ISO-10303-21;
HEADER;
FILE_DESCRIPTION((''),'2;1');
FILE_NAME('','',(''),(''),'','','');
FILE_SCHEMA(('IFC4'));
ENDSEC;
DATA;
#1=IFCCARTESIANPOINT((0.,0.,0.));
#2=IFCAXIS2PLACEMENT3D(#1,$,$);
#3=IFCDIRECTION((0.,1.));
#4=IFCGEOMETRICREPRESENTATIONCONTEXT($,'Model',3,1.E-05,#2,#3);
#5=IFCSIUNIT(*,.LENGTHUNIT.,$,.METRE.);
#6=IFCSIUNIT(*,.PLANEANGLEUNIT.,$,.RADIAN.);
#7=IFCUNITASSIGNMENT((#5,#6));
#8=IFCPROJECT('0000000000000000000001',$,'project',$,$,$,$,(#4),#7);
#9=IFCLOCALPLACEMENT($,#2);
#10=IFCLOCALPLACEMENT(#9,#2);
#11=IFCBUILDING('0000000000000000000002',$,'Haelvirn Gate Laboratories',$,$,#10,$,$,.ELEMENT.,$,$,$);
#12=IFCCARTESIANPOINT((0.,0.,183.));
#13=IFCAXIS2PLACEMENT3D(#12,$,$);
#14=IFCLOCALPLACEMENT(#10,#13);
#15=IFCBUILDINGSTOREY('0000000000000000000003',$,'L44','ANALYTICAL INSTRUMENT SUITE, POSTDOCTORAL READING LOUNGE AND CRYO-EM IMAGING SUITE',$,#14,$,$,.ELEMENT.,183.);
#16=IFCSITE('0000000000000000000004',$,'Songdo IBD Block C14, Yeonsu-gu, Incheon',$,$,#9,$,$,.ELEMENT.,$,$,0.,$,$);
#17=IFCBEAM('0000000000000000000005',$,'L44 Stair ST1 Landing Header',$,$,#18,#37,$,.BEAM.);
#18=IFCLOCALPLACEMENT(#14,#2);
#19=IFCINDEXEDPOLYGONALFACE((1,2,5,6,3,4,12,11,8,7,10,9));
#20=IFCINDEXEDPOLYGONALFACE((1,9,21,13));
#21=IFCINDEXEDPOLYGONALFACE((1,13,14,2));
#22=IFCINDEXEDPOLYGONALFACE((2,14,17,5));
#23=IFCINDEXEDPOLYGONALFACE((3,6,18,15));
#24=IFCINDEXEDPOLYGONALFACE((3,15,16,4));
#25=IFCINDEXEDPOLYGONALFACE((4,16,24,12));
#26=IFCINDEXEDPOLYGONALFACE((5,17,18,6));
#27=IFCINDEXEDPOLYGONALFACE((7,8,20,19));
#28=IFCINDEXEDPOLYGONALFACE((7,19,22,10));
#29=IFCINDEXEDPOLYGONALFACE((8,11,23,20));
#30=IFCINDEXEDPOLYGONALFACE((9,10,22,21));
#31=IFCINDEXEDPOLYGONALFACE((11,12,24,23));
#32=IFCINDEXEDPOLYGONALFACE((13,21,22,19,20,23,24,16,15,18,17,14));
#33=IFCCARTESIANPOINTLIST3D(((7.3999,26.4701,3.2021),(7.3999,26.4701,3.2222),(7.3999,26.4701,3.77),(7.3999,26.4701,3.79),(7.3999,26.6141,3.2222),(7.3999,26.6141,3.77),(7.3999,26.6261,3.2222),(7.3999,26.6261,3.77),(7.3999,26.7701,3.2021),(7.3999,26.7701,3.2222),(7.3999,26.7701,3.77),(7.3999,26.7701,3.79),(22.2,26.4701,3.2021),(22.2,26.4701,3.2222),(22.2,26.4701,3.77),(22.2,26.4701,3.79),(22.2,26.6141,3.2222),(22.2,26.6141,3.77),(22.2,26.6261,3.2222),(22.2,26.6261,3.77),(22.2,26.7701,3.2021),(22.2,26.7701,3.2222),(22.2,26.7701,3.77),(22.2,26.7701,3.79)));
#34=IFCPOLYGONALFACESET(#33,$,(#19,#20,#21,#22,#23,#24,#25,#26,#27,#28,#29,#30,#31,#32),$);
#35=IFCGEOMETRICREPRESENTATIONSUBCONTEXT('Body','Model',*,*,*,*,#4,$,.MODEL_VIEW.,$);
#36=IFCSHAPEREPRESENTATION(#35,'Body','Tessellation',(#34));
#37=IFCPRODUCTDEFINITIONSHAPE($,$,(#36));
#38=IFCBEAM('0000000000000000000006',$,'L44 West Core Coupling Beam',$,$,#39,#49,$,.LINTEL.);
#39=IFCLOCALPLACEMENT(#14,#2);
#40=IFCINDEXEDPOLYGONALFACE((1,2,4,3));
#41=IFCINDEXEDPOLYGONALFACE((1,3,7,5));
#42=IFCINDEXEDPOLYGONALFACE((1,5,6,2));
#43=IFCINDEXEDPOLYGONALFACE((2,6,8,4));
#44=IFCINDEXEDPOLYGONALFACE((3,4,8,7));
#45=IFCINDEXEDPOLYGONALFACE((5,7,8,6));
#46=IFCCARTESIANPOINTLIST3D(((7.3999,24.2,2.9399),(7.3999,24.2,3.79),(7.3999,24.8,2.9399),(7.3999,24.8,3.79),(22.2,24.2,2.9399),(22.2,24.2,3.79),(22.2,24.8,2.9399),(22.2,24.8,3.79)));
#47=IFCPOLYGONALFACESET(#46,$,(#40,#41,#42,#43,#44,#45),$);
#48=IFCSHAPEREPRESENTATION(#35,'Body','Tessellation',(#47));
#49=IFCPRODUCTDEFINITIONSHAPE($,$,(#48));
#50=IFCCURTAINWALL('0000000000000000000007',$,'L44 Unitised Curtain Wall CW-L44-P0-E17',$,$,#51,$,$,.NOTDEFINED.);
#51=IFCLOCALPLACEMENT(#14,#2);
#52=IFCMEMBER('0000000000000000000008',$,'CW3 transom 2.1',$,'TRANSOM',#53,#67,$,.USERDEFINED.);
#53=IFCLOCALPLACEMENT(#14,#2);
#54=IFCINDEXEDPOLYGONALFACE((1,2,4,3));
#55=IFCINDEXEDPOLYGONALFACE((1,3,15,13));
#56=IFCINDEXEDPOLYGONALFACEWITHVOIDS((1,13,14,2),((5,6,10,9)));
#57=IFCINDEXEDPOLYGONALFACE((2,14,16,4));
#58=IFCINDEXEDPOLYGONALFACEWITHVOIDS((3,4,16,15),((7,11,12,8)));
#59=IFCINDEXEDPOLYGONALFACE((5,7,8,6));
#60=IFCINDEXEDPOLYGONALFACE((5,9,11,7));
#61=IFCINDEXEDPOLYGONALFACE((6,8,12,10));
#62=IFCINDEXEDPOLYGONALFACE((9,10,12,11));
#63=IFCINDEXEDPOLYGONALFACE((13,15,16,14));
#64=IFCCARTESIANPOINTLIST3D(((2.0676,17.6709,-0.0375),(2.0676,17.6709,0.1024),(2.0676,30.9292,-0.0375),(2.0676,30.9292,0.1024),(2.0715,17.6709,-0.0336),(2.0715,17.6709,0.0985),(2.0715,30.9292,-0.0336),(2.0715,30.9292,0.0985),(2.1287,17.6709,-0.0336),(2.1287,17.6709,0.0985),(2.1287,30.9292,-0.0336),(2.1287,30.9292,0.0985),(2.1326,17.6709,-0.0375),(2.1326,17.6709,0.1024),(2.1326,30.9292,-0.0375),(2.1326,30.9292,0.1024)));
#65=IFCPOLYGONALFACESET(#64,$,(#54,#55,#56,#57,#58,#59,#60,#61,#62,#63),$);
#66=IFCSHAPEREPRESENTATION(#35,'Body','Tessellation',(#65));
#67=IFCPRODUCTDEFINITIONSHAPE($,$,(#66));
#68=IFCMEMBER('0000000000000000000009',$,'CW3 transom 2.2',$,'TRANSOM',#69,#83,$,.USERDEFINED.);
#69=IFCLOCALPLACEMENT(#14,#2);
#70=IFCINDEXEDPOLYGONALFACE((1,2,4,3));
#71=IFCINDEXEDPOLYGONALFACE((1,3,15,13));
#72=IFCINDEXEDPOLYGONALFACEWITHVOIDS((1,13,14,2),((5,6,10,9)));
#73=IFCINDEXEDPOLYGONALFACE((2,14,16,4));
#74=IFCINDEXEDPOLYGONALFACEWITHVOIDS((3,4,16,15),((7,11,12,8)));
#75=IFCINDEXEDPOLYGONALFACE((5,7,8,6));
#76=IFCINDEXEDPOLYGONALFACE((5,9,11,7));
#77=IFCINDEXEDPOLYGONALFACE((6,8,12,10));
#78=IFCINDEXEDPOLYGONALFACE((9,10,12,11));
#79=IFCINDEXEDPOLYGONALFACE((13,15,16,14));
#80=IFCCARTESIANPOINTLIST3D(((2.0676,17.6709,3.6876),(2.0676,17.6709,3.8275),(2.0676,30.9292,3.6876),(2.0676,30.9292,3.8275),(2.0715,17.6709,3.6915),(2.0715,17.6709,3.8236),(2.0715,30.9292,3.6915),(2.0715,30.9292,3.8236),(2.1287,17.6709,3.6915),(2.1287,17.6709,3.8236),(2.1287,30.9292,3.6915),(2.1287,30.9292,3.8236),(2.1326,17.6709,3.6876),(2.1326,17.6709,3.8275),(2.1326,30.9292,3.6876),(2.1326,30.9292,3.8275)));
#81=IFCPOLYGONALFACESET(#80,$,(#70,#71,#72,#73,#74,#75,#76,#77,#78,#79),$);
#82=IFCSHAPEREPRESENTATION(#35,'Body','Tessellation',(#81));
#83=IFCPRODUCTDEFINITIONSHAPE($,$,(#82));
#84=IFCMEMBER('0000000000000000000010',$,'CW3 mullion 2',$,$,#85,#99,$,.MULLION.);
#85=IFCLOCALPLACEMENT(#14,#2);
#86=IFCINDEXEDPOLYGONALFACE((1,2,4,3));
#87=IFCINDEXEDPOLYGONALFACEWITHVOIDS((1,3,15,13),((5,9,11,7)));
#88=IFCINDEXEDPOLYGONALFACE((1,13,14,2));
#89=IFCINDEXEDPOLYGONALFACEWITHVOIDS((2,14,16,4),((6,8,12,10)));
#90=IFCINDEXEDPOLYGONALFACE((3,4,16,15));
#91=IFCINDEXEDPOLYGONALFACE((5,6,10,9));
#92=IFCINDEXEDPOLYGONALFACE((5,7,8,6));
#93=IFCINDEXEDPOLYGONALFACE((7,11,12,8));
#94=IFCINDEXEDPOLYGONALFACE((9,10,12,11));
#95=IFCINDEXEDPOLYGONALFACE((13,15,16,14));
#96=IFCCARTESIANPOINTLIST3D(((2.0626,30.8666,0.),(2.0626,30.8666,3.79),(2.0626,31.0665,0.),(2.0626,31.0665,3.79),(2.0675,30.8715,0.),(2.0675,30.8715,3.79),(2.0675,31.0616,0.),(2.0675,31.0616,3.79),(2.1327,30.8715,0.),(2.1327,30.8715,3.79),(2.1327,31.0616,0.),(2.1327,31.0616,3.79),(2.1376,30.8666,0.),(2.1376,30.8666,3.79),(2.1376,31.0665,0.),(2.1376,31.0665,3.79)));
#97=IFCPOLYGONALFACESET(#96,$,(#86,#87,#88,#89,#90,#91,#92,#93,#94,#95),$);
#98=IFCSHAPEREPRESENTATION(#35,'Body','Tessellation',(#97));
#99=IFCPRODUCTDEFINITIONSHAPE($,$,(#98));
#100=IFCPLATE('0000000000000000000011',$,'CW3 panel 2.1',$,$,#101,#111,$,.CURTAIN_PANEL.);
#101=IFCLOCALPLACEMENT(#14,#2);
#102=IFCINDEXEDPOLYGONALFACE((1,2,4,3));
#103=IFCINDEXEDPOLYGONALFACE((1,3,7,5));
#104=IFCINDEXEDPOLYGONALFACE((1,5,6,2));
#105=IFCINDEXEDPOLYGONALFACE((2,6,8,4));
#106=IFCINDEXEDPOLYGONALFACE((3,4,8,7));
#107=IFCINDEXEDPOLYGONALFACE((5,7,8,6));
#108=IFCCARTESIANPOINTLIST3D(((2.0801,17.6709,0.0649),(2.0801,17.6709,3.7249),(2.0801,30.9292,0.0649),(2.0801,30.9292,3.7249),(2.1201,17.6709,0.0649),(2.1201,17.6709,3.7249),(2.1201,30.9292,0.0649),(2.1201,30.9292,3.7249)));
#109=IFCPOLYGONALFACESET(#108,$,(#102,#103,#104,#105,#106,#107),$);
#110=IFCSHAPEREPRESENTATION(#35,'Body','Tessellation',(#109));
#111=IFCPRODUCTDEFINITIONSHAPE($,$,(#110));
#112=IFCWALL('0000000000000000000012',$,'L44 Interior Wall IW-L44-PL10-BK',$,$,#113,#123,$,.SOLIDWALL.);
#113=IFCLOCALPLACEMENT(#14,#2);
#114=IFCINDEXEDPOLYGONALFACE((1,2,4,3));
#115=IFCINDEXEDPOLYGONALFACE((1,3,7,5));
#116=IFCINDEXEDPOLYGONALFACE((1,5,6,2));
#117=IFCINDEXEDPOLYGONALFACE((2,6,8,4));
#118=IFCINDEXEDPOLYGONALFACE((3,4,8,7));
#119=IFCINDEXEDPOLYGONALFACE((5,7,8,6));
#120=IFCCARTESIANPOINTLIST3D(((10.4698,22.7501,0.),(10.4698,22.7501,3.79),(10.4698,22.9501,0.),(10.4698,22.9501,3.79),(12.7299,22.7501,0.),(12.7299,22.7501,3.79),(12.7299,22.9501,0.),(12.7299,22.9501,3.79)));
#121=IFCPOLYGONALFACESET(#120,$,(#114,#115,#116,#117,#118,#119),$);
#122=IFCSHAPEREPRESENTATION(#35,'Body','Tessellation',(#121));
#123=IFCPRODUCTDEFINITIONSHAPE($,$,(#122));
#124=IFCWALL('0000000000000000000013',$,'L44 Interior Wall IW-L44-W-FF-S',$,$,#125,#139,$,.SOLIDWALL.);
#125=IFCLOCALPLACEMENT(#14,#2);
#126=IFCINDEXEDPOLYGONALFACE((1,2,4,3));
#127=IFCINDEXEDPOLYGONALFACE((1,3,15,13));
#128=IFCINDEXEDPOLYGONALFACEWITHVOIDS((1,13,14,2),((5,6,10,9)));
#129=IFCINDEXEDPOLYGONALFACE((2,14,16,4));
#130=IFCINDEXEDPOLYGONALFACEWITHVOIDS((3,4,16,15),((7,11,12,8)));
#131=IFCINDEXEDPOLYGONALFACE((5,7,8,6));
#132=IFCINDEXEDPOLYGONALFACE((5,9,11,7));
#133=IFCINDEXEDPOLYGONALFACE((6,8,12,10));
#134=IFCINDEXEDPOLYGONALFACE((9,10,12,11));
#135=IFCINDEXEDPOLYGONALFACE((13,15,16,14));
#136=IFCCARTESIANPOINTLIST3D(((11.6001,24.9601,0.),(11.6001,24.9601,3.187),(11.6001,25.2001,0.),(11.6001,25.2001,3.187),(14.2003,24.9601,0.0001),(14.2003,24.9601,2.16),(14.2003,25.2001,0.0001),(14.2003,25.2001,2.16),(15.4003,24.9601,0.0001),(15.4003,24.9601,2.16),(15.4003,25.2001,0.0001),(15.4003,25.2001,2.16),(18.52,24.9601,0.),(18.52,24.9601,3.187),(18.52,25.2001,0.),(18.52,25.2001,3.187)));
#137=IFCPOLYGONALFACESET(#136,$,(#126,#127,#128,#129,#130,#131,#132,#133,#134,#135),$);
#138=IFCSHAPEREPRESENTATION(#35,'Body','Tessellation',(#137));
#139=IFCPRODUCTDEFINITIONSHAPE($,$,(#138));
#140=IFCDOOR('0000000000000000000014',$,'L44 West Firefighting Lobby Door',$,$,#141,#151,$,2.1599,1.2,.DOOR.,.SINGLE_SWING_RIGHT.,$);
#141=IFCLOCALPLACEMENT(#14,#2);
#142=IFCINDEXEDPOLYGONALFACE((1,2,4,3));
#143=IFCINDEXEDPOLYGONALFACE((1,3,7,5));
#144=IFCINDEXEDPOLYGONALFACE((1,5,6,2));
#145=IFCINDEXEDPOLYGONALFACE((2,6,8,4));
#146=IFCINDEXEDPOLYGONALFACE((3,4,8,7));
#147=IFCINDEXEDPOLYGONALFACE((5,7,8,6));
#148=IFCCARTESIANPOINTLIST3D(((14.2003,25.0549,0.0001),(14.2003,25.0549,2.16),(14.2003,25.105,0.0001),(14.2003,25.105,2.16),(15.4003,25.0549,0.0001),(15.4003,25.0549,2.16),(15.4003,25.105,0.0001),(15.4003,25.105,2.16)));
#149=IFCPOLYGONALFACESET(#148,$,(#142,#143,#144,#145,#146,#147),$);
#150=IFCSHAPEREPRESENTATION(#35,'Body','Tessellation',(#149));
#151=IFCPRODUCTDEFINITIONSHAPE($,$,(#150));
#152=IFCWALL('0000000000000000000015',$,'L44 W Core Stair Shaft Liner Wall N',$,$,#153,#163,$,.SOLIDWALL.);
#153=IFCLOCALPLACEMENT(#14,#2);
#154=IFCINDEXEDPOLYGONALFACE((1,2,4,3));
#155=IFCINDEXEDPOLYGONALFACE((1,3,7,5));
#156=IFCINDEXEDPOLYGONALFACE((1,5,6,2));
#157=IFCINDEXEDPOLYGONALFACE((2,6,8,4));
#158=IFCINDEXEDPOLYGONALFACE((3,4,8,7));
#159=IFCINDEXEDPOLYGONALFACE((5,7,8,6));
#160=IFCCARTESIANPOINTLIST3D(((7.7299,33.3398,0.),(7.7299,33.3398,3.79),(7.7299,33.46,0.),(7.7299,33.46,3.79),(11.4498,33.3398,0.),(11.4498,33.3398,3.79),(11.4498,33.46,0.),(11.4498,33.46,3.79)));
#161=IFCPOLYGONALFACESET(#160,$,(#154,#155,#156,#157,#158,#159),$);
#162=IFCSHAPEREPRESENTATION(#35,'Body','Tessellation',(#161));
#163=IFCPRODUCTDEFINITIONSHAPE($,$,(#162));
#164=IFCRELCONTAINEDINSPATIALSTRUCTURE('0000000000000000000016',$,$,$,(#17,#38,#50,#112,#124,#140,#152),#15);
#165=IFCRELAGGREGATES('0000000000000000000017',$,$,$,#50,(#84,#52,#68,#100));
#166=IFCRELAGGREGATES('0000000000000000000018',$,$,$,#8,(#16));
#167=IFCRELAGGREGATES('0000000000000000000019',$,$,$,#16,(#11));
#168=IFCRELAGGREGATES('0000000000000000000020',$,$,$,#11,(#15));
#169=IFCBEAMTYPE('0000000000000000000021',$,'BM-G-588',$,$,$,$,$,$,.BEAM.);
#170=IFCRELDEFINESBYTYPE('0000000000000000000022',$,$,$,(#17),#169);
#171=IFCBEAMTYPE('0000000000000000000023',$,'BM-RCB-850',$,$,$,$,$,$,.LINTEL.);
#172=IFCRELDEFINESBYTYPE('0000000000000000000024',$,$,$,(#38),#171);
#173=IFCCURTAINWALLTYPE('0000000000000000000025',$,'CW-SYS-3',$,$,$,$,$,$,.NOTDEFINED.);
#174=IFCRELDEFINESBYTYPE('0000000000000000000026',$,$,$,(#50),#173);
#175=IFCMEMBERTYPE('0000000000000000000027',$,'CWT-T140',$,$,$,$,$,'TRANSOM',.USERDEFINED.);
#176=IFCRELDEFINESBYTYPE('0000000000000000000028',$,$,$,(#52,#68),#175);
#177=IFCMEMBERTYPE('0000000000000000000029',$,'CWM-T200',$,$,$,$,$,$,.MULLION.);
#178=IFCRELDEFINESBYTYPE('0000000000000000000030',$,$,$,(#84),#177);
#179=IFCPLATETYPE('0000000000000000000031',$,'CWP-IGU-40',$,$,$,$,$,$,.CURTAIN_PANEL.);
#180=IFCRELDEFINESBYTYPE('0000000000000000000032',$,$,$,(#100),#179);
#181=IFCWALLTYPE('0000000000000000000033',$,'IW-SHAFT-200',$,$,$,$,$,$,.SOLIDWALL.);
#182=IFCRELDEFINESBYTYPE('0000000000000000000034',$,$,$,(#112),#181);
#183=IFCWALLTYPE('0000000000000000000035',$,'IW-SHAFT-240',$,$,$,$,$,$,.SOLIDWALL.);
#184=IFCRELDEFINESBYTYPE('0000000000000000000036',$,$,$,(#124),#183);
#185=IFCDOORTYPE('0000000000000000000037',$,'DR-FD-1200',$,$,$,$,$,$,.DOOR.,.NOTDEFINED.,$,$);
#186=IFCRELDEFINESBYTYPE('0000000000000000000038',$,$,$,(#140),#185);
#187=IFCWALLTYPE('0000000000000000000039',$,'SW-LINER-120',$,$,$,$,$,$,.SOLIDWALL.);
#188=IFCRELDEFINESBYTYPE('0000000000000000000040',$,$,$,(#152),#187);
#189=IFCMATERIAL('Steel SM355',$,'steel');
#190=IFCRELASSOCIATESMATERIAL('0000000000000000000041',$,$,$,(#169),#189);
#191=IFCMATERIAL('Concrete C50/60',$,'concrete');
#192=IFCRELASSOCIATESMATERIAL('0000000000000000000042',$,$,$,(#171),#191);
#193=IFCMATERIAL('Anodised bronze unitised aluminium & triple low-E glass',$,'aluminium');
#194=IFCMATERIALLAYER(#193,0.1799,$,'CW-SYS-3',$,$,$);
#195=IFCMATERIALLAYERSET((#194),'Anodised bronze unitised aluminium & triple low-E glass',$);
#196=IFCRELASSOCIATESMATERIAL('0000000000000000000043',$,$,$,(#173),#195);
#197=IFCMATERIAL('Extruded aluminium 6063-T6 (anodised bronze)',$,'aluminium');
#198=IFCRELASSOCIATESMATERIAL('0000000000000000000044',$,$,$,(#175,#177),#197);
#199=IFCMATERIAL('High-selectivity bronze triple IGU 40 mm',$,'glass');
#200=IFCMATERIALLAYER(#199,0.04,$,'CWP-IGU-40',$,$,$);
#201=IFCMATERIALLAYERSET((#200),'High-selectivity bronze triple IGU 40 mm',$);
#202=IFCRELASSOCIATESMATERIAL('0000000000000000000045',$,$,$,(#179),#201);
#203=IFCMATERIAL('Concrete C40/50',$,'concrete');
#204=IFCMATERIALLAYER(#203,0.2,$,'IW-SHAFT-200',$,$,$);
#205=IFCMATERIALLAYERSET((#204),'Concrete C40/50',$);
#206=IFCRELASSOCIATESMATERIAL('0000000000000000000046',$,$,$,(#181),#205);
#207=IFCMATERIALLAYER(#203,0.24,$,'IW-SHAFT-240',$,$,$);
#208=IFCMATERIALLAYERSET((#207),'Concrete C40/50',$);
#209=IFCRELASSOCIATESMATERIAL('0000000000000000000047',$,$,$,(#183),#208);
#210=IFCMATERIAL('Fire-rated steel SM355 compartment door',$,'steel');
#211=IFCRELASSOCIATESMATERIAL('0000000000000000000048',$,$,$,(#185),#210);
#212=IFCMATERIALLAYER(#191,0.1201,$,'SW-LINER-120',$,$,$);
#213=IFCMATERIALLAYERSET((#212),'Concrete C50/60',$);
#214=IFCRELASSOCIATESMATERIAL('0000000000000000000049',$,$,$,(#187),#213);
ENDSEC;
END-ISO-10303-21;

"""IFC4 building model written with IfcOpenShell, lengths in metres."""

from ifc_helpers import new_model, si_unit, direction, frame, frame_2d, origin, origin_2d, place, context, subcontext, project, spatial, rectangle, hollow_rectangle, i_section, extrude, source, transform, mapped, material, layer, layer_set, material_profile, profile_set, type_object, type_shapes, element, fill, aggregate, save


model = new_model("IFC4")

# Units and contexts
model_context = context("Model", 3, precision=1e-05, world=origin(), true_north=direction((0.0, 1.0)))
body_context = subcontext(model_context, "Body", "Model", "MODEL_VIEW")
ifc_project = project(units=[si_unit("LENGTHUNIT", "METRE"), si_unit("PLANEANGLEUNIT", "RADIAN")], contexts=[model_context])

# Site, building, storey
site_placement = place(None, origin())
site = spatial("IfcSite", under=ifc_project, at=site_placement, Name="Songdo IBD Block C14, Yeonsu-gu, Incheon", CompositionType="ELEMENT", RefElevation=0.0)
building_placement = place(site_placement, origin())
building = spatial("IfcBuilding", under=site, at=building_placement, Name="Haelvirn Gate Laboratories", CompositionType="ELEMENT")
storey_placement = place(building_placement, frame((0.0, 0.0, 183.0)))
storey = spatial("IfcBuildingStorey", under=building, at=storey_placement, Name="L44", Description="ANALYTICAL INSTRUMENT SUITE, POSTDOCTORAL READING LOUNGE AND CRYO-EM IMAGING SUITE", CompositionType="ELEMENT", Elevation=183.0)

# Beams
ifc_material_1 = material(Name="Steel SM355", Category="steel")
ifc_material_profile_1 = material_profile(ifc_material_1, i_section(OverallWidth=0.3, OverallDepth=0.5879, WebThickness=0.012, FlangeThickness=0.02, at=origin_2d()), Name="H-588x300x12x20")
ifc_profile_set_1 = profile_set([ifc_material_profile_1], Name="Steel SM355")
beam_type_1 = type_object("IfcBeamType", Name="BM-G-588", PredefinedType="BEAM", material=ifc_profile_set_1)
shared_shape_1 = source(origin(), body_context, "Body", "SweptSolid", [
    extrude(i_section(OverallWidth=0.3, OverallDepth=0.5879, WebThickness=0.012, FlangeThickness=0.02, at=origin_2d()), origin(), (0.0, 0.0, 1.0), 14.8),
])
type_shapes(beam_type_1, [shared_shape_1])
beam_1_placement = place(storey_placement, frame((7.3999, 26.6201, 3.4961), z_axis=(1.0, 0.0, 0.0), x_axis=(0.0, 1.0, 0.0)))
element("IfcBeam", 1, at=beam_1_placement, inside=storey, type_object=beam_type_1, Name="L44 Stair ST1 Landing Header", PredefinedType="BEAM", context=body_context, shape_type="MappedRepresentation", body=[
    mapped(shared_shape_1, transform((0.0, 0.0, 0.0), scale=1.0)),
])
ifc_material_2 = material(Name="Concrete C50/60", Category="concrete")
ifc_material_profile_2 = material_profile(ifc_material_2, rectangle(XDim=0.6001, YDim=0.8501, at=origin_2d()), Name="RCB-600x850")
ifc_profile_set_2 = profile_set([ifc_material_profile_2], Name="Concrete C50/60")
beam_type_2 = type_object("IfcBeamType", Name="BM-RCB-850", PredefinedType="LINTEL", material=ifc_profile_set_2)
shared_shape_2 = source(origin(), body_context, "Body", "SweptSolid", [
    extrude(rectangle(XDim=0.6001, YDim=0.8501, at=origin_2d()), origin(), (0.0, 0.0, 1.0), 14.8),
])
type_shapes(beam_type_2, [shared_shape_2])
beam_2_placement = place(storey_placement, frame((7.3999, 24.5, 3.365), z_axis=(1.0, 0.0, 0.0), x_axis=(0.0, 1.0, 0.0)))
element("IfcBeam", 2, at=beam_2_placement, inside=storey, type_object=beam_type_2, Name="L44 West Core Coupling Beam", PredefinedType="LINTEL", context=body_context, shape_type="MappedRepresentation", body=[
    mapped(shared_shape_2, transform((0.0, 0.0, 0.0), scale=1.0)),
])

# Curtain wall, members, plate
ifc_material_3 = material(Name="Anodised bronze unitised aluminium & triple low-E glass", Category="aluminium")
ifc_layer_1 = layer(ifc_material_3, 0.1799, Name="CW-SYS-3")
ifc_layer_set_1 = layer_set([ifc_layer_1], Name="Anodised bronze unitised aluminium & triple low-E glass")
curtain_wall_type = type_object("IfcCurtainWallType", Name="CW-SYS-3", PredefinedType="NOTDEFINED", material=ifc_layer_set_1)
curtain_wall_placement = place(storey_placement, origin())
curtain_wall = element("IfcCurtainWall", 3, at=curtain_wall_placement, inside=storey, type_object=curtain_wall_type, Name="L44 Unitised Curtain Wall CW-L44-P0-E17", PredefinedType="NOTDEFINED")
ifc_material_4 = material(Name="Extruded aluminium 6063-T6 (anodised bronze)", Category="aluminium")
ifc_material_profile_3 = material_profile(ifc_material_4, hollow_rectangle(XDim=0.0649, YDim=0.1399, WallThickness=0.0039, at=origin_2d()), Name="CWT-140x65x4")
ifc_profile_set_3 = profile_set([ifc_material_profile_3], Name="Extruded aluminium 6063-T6 (anodised bronze)")
member_type_1 = type_object("IfcMemberType", Name="CWT-T140", ElementType="TRANSOM", PredefinedType="USERDEFINED", material=ifc_profile_set_3)
shared_shape_3 = source(origin(), body_context, "Body", "SweptSolid", [
    extrude(hollow_rectangle(XDim=0.0649, YDim=0.1399, WallThickness=0.0039, at=origin_2d()), origin(), (0.0, 0.0, 1.0), 13.2583),
])
type_shapes(member_type_1, [shared_shape_3])
member_1_placement = place(storey_placement, frame((2.1001, 30.9292, 0.0325), z_axis=(0.0, -1.0, 0.0), x_axis=(1.0, 0.0, 0.0)))
member_1 = element("IfcMember", 4, at=member_1_placement, type_object=member_type_1, Name="CW3 transom 2.1", ObjectType="TRANSOM", PredefinedType="USERDEFINED", context=body_context, shape_type="MappedRepresentation", body=[
    mapped(shared_shape_3, transform((0.0, 0.0, 0.0), scale=1.0)),
])
member_2_placement = place(storey_placement, frame((2.1001, 30.9292, 3.7576), z_axis=(0.0, -1.0, 0.0), x_axis=(1.0, 0.0, 0.0)))
member_2 = element("IfcMember", 5, at=member_2_placement, type_object=member_type_1, Name="CW3 transom 2.2", ObjectType="TRANSOM", PredefinedType="USERDEFINED", context=body_context, shape_type="MappedRepresentation", body=[
    mapped(shared_shape_3, transform((0.0, 0.0, 0.0), scale=1.0)),
])
ifc_material_profile_4 = material_profile(ifc_material_4, hollow_rectangle(XDim=0.075, YDim=0.2, WallThickness=0.0049, at=origin_2d()), Name="CWM-200x75x5")
ifc_profile_set_4 = profile_set([ifc_material_profile_4], Name="Extruded aluminium 6063-T6 (anodised bronze)")
member_type_2 = type_object("IfcMemberType", Name="CWM-T200", PredefinedType="MULLION", material=ifc_profile_set_4)
shared_shape_4 = source(origin(), body_context, "Body", "SweptSolid", [
    extrude(hollow_rectangle(XDim=0.075, YDim=0.2, WallThickness=0.0049, at=origin_2d()), origin(), (0.0, 0.0, 1.0), 3.79),
])
type_shapes(member_type_2, [shared_shape_4])
member_3_placement = place(storey_placement, frame((2.1001, 30.9666, 0.0), z_axis=(0.0, 0.0, 1.0), x_axis=(1.0, 0.0, 0.0)))
member_3 = element("IfcMember", 6, at=member_3_placement, type_object=member_type_2, Name="CW3 mullion 2", PredefinedType="MULLION", context=body_context, shape_type="MappedRepresentation", body=[
    mapped(shared_shape_4, transform((0.0, 0.0, 0.0), scale=1.0)),
])
ifc_material_5 = material(Name="High-selectivity bronze triple IGU 40 mm", Category="glass")
ifc_layer_2 = layer(ifc_material_5, 0.04, Name="CWP-IGU-40")
ifc_layer_set_2 = layer_set([ifc_layer_2], Name="High-selectivity bronze triple IGU 40 mm")
plate_type = type_object("IfcPlateType", Name="CWP-IGU-40", PredefinedType="CURTAIN_PANEL", material=ifc_layer_set_2)
shared_shape_5 = source(origin(), body_context, "Body", "SweptSolid", [
    extrude(rectangle(XDim=13.2583, YDim=0.04, at=origin_2d()), origin(), (0.0, 0.0, 1.0), 3.6599),
])
type_shapes(plate_type, [shared_shape_5])
plate_placement = place(storey_placement, frame((2.1001, 24.3, 0.0649), z_axis=(0.0, 0.0, 1.0), x_axis=(0.0, -1.0, 0.0)))
plate = element("IfcPlate", 7, at=plate_placement, type_object=plate_type, Name="CW3 panel 2.1", PredefinedType="CURTAIN_PANEL", context=body_context, shape_type="MappedRepresentation", body=[
    mapped(shared_shape_5, transform((0.0, 0.0, 0.0), scale=1.0)),
])
aggregate(curtain_wall, [member_3, member_1, member_2, plate])

# Wall
ifc_material_6 = material(Name="Concrete C40/50", Category="concrete")
ifc_layer_3 = layer(ifc_material_6, 0.2, Name="IW-SHAFT-200")
ifc_layer_set_3 = layer_set([ifc_layer_3], Name="Concrete C40/50")
wall_type_1 = type_object("IfcWallType", Name="IW-SHAFT-200", PredefinedType="SOLIDWALL", material=ifc_layer_set_3)
wall_1_placement = place(storey_placement, frame((10.47, 22.8501, 0.0), z_axis=(0.0, 0.0, 1.0), x_axis=(1.0, 0.0, 0.0)))
element("IfcWall", 8, at=wall_1_placement, inside=storey, type_object=wall_type_1, Name="L44 Interior Wall IW-L44-PL10-BK", PredefinedType="SOLIDWALL", context=body_context, shape_type="SweptSolid", body=[
    extrude(rectangle(XDim=2.26, YDim=0.2, at=frame_2d((1.1299, 0.0))), origin(), (0.0, 0.0, 1.0), 3.79),
])

# Wall, opening, door
ifc_layer_4 = layer(ifc_material_6, 0.24, Name="IW-SHAFT-240")
ifc_layer_set_4 = layer_set([ifc_layer_4], Name="Concrete C40/50")
wall_type_2 = type_object("IfcWallType", Name="IW-SHAFT-240", PredefinedType="SOLIDWALL", material=ifc_layer_set_4)
wall_2_placement = place(storey_placement, frame((11.6001, 25.0801, 0.0), z_axis=(0.0, 0.0, 1.0), x_axis=(1.0, 0.0, 0.0)))
wall_2 = element("IfcWall", 9, at=wall_2_placement, inside=storey, type_object=wall_type_2, Name="L44 Interior Wall IW-L44-W-FF-S", PredefinedType="SOLIDWALL", context=body_context, shape_type="SweptSolid", body=[
    extrude(rectangle(XDim=6.9199, YDim=0.24, at=frame_2d((3.46, 0.0))), origin(), (0.0, 0.0, 1.0), 3.187),
])
opening_1_placement = place(wall_2_placement, frame((2.6001, 0.0, 0.0)))
opening_1 = element("IfcOpeningElement", 10, at=opening_1_placement, cuts=wall_2, PredefinedType="OPENING", context=body_context, shape_type="SweptSolid", body=[
    extrude(rectangle(XDim=1.2, YDim=2.1599, at=frame_2d((0.6001, 1.0801))), frame((0.0, 0.1299, 0.0), z_axis=(0.0, -1.0, 0.0), x_axis=(1.0, 0.0, 0.0)), (0.0, 0.0, 1.0), 0.26),
])
ifc_material_7 = material(Name="Fire-rated steel SM355 compartment door", Category="steel")
door_type_1 = type_object("IfcDoorType", Name="DR-FD-1200", OperationType="NOTDEFINED", PredefinedType="DOOR", material=ifc_material_7)
shared_shape_6 = source(origin(), body_context, "Body", "SweptSolid", [
    extrude(rectangle(XDim=1.2, YDim=2.1599, at=frame_2d((0.6001, 1.0801))), frame((0.0, 0.0249, 0.0), z_axis=(0.0, -1.0, 0.0), x_axis=(1.0, 0.0, 0.0)), (0.0, 0.0, 1.0), 0.05),
])
type_shapes(door_type_1, [shared_shape_6])
door_1_placement = place(opening_1_placement, origin())
door_1 = element("IfcDoor", 11, at=door_1_placement, inside=storey, type_object=door_type_1, Name="L44 West Firefighting Lobby Door", OperationType="SINGLE_SWING_RIGHT", OverallHeight=2.1599, OverallWidth=1.2, PredefinedType="DOOR", context=body_context, shape_type="MappedRepresentation", body=[
    mapped(shared_shape_6, transform((0.0, 0.0, 0.0), scale=1.0)),
])
fill(opening_1, door_1)

# Wall
ifc_layer_5 = layer(ifc_material_2, 0.1201, Name="SW-LINER-120")
ifc_layer_set_5 = layer_set([ifc_layer_5], Name="Concrete C50/60")
wall_type_3 = type_object("IfcWallType", Name="SW-LINER-120", PredefinedType="SOLIDWALL", material=ifc_layer_set_5)
wall_3_placement = place(storey_placement, frame((7.73, 33.3999, 0.0), z_axis=(0.0, 0.0, 1.0), x_axis=(1.0, 0.0, 0.0)))
element("IfcWall", 12, at=wall_3_placement, inside=storey, type_object=wall_type_3, Name="L44 W Core Stair Shaft Liner Wall N", PredefinedType="SOLIDWALL", context=body_context, shape_type="SweptSolid", body=[
    extrude(rectangle(XDim=3.72, YDim=0.1201, at=frame_2d((1.8599, 0.0))), origin(), (0.0, 0.0, 1.0), 3.79),
])

save(model, "model.ifc")
